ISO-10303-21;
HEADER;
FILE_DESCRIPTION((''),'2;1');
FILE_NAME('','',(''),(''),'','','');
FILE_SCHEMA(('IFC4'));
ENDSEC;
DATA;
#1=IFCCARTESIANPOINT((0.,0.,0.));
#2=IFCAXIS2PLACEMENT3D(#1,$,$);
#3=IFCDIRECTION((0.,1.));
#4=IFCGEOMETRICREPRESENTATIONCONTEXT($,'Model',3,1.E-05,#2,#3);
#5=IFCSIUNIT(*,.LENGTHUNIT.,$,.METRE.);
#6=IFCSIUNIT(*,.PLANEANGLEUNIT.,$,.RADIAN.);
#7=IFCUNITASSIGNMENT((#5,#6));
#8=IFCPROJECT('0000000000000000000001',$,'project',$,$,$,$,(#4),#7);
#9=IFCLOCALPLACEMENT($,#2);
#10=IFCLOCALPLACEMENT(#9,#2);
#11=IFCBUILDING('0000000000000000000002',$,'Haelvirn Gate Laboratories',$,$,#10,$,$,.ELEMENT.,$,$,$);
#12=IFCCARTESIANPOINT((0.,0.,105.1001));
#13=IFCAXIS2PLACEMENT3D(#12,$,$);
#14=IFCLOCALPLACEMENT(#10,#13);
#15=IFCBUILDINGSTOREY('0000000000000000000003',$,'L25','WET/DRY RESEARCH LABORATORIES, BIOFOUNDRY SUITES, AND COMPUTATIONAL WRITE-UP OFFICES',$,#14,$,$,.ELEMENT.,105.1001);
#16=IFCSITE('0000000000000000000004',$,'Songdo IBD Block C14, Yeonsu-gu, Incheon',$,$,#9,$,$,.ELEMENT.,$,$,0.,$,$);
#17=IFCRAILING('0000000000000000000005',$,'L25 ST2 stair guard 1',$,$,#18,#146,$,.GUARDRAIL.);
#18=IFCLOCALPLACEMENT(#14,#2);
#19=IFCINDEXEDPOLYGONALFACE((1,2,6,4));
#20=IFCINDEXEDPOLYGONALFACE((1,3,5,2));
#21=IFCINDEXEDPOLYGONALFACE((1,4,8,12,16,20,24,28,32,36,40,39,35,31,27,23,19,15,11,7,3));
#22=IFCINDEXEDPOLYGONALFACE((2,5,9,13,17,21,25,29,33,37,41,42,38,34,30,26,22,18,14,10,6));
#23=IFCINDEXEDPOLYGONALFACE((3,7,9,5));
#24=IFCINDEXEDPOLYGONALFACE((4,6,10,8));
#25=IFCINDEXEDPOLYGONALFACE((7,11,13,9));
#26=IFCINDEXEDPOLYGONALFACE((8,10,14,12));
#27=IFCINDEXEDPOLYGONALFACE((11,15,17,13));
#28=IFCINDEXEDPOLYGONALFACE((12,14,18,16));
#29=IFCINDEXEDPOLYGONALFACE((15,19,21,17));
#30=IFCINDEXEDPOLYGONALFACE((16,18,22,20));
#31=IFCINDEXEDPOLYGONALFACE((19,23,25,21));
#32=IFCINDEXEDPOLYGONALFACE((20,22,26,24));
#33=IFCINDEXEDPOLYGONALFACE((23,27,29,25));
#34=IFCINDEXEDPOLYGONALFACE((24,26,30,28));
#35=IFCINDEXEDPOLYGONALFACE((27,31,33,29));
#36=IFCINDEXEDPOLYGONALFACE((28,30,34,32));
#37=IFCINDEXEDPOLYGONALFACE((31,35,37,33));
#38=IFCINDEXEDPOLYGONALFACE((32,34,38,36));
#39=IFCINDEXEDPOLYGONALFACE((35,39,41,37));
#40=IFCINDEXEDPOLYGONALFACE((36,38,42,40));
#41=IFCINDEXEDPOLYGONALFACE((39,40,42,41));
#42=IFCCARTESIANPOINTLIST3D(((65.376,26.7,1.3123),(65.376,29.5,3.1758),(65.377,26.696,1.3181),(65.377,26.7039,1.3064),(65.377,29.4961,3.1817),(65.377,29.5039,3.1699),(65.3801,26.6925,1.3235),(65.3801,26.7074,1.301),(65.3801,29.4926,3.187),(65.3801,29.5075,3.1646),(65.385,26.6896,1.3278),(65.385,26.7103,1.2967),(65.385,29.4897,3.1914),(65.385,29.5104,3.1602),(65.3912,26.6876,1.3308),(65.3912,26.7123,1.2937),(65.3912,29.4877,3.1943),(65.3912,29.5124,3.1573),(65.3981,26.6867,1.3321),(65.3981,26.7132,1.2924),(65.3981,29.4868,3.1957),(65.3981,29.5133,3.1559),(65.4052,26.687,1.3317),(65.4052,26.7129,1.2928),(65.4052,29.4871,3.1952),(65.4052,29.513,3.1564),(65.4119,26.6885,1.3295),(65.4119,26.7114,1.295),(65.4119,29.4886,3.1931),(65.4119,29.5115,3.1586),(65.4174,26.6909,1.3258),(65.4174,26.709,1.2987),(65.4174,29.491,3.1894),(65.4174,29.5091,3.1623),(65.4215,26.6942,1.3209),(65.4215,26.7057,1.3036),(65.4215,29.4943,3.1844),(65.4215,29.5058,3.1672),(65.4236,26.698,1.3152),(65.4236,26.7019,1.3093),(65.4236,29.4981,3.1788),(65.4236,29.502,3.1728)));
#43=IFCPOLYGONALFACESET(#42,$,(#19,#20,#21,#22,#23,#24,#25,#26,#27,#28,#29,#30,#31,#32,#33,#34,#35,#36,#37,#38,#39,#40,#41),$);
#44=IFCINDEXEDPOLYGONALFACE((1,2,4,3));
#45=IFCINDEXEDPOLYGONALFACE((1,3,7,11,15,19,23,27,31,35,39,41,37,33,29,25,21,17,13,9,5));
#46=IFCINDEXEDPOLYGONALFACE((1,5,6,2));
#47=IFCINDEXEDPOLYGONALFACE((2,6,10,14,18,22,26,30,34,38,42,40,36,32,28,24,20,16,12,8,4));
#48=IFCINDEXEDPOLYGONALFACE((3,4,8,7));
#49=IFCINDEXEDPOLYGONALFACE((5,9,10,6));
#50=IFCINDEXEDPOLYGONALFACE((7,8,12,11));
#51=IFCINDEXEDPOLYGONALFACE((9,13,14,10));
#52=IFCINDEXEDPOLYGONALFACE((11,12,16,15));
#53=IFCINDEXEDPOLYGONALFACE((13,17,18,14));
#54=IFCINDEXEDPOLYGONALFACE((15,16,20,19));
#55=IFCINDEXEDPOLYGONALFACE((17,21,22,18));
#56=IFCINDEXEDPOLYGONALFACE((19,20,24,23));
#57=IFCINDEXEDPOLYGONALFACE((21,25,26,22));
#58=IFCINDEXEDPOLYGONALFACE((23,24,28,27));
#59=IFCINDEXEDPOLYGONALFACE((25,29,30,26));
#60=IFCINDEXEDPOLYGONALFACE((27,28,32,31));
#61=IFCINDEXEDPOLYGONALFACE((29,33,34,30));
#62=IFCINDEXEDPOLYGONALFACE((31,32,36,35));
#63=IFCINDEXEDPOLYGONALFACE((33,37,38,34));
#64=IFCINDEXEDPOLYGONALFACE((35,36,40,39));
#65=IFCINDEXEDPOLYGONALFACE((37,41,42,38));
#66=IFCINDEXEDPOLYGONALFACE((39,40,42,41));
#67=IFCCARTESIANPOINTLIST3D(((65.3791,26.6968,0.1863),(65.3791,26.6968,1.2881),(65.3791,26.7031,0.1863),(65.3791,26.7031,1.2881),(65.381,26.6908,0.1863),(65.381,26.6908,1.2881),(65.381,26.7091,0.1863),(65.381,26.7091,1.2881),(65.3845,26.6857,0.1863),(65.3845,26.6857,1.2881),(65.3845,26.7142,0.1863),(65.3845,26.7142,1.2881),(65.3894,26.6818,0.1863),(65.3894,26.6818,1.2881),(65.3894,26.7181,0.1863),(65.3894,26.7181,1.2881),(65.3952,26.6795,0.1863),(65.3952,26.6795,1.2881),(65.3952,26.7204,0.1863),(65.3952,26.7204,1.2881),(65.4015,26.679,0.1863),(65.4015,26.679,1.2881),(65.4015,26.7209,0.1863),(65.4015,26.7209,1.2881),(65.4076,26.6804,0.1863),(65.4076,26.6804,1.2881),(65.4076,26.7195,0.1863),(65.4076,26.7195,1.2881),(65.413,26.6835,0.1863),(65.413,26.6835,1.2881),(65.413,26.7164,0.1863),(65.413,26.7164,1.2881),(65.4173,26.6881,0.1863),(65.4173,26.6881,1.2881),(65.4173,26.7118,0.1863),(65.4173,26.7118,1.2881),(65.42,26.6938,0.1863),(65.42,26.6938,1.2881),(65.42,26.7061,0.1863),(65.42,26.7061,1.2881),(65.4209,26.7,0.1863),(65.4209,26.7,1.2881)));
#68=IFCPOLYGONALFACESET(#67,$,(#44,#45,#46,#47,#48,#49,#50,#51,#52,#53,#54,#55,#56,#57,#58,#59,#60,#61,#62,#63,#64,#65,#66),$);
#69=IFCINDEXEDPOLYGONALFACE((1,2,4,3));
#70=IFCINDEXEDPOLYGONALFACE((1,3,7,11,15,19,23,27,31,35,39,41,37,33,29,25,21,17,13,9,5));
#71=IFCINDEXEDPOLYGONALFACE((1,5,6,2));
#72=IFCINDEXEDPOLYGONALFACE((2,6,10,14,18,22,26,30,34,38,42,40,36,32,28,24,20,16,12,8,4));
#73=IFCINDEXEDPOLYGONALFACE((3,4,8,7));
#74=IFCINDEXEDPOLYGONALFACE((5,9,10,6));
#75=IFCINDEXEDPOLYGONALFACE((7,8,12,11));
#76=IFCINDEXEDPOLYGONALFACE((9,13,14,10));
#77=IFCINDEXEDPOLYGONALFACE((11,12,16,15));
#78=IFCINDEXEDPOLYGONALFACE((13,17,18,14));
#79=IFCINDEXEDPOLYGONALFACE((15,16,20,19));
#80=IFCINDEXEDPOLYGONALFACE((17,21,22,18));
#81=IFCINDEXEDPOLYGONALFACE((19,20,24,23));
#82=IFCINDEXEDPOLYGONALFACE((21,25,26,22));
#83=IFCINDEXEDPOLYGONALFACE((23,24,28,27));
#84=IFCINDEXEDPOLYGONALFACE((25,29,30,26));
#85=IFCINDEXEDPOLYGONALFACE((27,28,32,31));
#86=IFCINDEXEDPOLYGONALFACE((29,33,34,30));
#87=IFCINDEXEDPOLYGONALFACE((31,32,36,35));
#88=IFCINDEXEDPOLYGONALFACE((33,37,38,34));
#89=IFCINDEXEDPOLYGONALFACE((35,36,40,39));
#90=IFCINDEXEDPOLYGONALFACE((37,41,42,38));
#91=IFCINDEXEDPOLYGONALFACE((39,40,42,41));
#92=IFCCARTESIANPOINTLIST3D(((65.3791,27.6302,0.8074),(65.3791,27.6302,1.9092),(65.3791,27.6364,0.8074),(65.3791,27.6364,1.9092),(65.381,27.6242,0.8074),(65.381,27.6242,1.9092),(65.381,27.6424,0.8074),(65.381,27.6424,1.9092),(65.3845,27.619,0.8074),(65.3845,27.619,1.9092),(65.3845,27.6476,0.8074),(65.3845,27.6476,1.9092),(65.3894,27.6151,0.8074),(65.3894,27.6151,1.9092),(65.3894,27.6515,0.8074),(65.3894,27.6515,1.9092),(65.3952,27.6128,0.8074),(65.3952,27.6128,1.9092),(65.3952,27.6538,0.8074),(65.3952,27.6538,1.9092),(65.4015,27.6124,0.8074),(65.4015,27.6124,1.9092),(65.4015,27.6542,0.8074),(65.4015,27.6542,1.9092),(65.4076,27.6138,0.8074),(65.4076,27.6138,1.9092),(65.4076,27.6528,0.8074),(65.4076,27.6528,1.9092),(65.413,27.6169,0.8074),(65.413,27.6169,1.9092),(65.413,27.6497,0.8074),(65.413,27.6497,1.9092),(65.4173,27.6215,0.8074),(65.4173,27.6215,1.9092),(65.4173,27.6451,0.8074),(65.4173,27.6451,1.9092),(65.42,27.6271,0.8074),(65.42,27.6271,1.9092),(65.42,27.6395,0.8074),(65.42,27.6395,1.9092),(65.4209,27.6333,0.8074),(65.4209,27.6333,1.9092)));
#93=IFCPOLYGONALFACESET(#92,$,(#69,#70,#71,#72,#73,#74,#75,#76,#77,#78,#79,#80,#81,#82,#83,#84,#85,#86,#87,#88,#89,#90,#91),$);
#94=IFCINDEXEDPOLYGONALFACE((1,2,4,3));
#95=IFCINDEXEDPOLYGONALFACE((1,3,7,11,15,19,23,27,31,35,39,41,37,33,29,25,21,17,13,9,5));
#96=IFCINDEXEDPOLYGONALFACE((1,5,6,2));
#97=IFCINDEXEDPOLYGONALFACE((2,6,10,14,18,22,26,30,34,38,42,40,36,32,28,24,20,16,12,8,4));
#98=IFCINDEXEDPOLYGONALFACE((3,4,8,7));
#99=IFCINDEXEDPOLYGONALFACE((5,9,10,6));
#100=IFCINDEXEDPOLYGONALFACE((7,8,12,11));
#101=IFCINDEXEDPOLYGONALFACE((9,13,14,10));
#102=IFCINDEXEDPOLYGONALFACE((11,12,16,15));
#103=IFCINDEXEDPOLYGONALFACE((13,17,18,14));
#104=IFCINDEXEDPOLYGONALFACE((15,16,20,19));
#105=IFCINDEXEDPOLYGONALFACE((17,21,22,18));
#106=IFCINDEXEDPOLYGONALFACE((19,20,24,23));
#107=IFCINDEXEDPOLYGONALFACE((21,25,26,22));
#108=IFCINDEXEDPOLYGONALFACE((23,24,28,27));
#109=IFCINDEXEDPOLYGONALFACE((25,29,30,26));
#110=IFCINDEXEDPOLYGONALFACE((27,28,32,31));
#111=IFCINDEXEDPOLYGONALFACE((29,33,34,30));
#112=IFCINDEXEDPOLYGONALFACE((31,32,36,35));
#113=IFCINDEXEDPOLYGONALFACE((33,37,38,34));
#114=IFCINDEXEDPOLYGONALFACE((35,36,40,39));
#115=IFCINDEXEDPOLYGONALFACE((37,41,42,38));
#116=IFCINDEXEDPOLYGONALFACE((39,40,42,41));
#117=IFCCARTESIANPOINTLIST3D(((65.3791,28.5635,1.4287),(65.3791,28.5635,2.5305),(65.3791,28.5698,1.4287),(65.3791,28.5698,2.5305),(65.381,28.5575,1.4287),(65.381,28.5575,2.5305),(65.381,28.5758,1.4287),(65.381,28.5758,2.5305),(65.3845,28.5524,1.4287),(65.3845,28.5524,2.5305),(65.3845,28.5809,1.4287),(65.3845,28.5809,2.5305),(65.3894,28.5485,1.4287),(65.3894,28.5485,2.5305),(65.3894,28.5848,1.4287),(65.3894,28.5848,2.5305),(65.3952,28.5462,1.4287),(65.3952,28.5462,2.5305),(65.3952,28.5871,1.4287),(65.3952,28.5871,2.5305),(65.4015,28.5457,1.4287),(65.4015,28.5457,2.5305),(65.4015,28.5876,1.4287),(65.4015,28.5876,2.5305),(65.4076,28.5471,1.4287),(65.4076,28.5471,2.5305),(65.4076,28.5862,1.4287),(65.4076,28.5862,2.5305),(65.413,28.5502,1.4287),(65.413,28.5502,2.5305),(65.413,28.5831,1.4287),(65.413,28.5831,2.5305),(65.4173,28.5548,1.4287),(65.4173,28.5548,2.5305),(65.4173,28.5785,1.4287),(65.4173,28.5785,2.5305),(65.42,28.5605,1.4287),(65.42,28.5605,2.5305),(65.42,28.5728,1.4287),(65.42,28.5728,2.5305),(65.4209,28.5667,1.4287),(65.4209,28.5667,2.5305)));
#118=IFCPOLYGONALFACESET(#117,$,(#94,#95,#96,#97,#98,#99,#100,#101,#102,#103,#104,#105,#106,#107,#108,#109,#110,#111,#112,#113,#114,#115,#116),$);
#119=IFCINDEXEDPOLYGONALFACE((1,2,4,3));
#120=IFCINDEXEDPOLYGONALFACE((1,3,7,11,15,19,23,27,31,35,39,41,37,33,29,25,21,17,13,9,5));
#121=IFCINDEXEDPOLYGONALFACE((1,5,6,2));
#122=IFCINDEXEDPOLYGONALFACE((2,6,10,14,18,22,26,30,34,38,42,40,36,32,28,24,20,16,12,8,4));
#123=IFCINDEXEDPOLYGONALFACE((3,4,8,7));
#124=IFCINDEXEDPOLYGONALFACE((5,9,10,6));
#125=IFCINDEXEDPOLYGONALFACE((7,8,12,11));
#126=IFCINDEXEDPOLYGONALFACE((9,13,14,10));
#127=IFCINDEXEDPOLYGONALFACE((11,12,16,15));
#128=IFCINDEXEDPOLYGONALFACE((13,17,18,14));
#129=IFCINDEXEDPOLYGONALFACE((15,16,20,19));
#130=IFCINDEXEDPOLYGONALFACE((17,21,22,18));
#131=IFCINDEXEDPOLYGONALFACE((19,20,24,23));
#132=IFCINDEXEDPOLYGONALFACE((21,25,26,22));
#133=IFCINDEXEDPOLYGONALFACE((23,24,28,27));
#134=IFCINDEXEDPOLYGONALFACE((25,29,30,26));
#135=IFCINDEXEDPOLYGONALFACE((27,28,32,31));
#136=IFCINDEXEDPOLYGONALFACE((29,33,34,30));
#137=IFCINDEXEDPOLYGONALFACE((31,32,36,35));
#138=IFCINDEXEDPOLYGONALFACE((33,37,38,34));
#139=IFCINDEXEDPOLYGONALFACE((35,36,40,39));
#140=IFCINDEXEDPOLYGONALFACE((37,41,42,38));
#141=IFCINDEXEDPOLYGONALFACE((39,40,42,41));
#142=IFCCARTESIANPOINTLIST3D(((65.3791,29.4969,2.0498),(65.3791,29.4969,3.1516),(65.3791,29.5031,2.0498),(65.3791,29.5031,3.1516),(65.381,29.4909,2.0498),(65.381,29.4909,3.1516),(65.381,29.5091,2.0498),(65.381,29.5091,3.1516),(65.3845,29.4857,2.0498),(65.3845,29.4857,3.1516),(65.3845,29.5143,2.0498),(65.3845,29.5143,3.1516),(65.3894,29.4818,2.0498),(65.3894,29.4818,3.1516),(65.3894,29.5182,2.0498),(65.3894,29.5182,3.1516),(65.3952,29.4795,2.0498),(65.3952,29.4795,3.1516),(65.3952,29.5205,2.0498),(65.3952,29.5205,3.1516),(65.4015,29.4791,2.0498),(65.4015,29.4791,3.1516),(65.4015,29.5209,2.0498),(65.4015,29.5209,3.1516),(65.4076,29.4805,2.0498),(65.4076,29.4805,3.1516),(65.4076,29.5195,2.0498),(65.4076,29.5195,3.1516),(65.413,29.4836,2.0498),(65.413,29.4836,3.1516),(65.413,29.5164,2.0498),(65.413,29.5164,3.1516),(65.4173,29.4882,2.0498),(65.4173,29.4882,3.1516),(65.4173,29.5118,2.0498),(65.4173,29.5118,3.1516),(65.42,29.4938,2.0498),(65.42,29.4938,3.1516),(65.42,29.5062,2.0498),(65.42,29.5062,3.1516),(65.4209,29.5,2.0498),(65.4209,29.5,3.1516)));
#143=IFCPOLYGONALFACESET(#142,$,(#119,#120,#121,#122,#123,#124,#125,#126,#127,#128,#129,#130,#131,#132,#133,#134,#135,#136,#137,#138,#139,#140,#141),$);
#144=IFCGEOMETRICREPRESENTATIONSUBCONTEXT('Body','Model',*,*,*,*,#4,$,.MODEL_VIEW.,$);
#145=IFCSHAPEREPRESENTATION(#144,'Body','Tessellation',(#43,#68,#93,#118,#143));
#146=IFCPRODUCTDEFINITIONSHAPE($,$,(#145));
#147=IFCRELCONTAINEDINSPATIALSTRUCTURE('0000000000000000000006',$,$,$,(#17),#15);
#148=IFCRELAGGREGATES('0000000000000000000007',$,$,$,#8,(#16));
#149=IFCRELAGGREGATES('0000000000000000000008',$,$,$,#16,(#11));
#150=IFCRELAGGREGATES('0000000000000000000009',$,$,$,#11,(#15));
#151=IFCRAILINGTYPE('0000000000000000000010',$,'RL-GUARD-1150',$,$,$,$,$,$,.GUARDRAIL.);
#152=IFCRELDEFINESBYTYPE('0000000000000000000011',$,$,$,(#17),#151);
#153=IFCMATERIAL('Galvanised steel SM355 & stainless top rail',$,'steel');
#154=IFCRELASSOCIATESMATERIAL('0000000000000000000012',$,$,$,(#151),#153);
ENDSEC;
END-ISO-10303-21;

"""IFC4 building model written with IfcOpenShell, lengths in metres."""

from ifc_helpers import new_model, si_unit, direction, frame, origin, origin_2d, place, context, subcontext, project, spatial, circle, extrude, source, transform, mapped, material, type_object, element, save


model = new_model("IFC4")

# Units and contexts
model_context = context("Model", 3, precision=1e-05, world=origin(), true_north=direction((0.0, 1.0)))
body_context = subcontext(model_context, "Body", "Model", "MODEL_VIEW")
ifc_project = project(units=[si_unit("LENGTHUNIT", "METRE"), si_unit("PLANEANGLEUNIT", "RADIAN")], contexts=[model_context])

# Site, building, storey
site_placement = place(None, origin())
site = spatial("IfcSite", under=ifc_project, at=site_placement, Name="Songdo IBD Block C14, Yeonsu-gu, Incheon", CompositionType="ELEMENT", RefElevation=0.0)
building_placement = place(site_placement, origin())
building = spatial("IfcBuilding", under=site, at=building_placement, Name="Haelvirn Gate Laboratories", CompositionType="ELEMENT")
storey_placement = place(building_placement, frame((0.0, 0.0, 105.1001)))
storey = spatial("IfcBuildingStorey", under=building, at=storey_placement, Name="L25", Description="WET/DRY RESEARCH LABORATORIES, BIOFOUNDRY SUITES, AND COMPUTATIONAL WRITE-UP OFFICES", CompositionType="ELEMENT", Elevation=105.1001)

# Railing
ifc_material_1 = material(Name="Galvanised steel SM355 & stainless top rail", Category="steel")
railing_type_1 = type_object("IfcRailingType", Name="RL-GUARD-1150", PredefinedType="GUARDRAIL", material=ifc_material_1)
shared_shape_1 = source(origin(), body_context, "Body", "SweptSolid", [
    extrude(circle(Radius=0.0239, at=origin_2d()), frame((0.0, 0.0, 1.126), z_axis=(0.0, 0.832486, 0.554047), x_axis=(-1.0, 0.0, 0.0)), (0.0, 0.0, 1.0), 3.3635),
    extrude(circle(Radius=0.021, at=origin_2d()), origin(), (0.0, 0.0, 1.0), 1.1018),
    extrude(circle(Radius=0.021, at=origin_2d()), frame((0.0, 0.9333, 0.6211)), (0.0, 0.0, 1.0), 1.1018),
    extrude(circle(Radius=0.021, at=origin_2d()), frame((0.0, 1.8667, 1.2424)), (0.0, 0.0, 1.0), 1.1018),
    extrude(circle(Radius=0.021, at=origin_2d()), frame((0.0, 2.8, 1.8635)), (0.0, 0.0, 1.0), 1.1018),
])
railing_1_placement = place(storey_placement, frame((65.3999, 26.7, 0.1863)))
element("IfcRailing", 1, at=railing_1_placement, inside=storey, type_object=railing_type_1, Name="L25 ST2 stair guard 1", PredefinedType="GUARDRAIL", context=body_context, shape_type="MappedRepresentation", body=[
    mapped(shared_shape_1, transform((0.0, 0.0, 0.0), scale=1.0)),
])

save(model, "model.ifc")
